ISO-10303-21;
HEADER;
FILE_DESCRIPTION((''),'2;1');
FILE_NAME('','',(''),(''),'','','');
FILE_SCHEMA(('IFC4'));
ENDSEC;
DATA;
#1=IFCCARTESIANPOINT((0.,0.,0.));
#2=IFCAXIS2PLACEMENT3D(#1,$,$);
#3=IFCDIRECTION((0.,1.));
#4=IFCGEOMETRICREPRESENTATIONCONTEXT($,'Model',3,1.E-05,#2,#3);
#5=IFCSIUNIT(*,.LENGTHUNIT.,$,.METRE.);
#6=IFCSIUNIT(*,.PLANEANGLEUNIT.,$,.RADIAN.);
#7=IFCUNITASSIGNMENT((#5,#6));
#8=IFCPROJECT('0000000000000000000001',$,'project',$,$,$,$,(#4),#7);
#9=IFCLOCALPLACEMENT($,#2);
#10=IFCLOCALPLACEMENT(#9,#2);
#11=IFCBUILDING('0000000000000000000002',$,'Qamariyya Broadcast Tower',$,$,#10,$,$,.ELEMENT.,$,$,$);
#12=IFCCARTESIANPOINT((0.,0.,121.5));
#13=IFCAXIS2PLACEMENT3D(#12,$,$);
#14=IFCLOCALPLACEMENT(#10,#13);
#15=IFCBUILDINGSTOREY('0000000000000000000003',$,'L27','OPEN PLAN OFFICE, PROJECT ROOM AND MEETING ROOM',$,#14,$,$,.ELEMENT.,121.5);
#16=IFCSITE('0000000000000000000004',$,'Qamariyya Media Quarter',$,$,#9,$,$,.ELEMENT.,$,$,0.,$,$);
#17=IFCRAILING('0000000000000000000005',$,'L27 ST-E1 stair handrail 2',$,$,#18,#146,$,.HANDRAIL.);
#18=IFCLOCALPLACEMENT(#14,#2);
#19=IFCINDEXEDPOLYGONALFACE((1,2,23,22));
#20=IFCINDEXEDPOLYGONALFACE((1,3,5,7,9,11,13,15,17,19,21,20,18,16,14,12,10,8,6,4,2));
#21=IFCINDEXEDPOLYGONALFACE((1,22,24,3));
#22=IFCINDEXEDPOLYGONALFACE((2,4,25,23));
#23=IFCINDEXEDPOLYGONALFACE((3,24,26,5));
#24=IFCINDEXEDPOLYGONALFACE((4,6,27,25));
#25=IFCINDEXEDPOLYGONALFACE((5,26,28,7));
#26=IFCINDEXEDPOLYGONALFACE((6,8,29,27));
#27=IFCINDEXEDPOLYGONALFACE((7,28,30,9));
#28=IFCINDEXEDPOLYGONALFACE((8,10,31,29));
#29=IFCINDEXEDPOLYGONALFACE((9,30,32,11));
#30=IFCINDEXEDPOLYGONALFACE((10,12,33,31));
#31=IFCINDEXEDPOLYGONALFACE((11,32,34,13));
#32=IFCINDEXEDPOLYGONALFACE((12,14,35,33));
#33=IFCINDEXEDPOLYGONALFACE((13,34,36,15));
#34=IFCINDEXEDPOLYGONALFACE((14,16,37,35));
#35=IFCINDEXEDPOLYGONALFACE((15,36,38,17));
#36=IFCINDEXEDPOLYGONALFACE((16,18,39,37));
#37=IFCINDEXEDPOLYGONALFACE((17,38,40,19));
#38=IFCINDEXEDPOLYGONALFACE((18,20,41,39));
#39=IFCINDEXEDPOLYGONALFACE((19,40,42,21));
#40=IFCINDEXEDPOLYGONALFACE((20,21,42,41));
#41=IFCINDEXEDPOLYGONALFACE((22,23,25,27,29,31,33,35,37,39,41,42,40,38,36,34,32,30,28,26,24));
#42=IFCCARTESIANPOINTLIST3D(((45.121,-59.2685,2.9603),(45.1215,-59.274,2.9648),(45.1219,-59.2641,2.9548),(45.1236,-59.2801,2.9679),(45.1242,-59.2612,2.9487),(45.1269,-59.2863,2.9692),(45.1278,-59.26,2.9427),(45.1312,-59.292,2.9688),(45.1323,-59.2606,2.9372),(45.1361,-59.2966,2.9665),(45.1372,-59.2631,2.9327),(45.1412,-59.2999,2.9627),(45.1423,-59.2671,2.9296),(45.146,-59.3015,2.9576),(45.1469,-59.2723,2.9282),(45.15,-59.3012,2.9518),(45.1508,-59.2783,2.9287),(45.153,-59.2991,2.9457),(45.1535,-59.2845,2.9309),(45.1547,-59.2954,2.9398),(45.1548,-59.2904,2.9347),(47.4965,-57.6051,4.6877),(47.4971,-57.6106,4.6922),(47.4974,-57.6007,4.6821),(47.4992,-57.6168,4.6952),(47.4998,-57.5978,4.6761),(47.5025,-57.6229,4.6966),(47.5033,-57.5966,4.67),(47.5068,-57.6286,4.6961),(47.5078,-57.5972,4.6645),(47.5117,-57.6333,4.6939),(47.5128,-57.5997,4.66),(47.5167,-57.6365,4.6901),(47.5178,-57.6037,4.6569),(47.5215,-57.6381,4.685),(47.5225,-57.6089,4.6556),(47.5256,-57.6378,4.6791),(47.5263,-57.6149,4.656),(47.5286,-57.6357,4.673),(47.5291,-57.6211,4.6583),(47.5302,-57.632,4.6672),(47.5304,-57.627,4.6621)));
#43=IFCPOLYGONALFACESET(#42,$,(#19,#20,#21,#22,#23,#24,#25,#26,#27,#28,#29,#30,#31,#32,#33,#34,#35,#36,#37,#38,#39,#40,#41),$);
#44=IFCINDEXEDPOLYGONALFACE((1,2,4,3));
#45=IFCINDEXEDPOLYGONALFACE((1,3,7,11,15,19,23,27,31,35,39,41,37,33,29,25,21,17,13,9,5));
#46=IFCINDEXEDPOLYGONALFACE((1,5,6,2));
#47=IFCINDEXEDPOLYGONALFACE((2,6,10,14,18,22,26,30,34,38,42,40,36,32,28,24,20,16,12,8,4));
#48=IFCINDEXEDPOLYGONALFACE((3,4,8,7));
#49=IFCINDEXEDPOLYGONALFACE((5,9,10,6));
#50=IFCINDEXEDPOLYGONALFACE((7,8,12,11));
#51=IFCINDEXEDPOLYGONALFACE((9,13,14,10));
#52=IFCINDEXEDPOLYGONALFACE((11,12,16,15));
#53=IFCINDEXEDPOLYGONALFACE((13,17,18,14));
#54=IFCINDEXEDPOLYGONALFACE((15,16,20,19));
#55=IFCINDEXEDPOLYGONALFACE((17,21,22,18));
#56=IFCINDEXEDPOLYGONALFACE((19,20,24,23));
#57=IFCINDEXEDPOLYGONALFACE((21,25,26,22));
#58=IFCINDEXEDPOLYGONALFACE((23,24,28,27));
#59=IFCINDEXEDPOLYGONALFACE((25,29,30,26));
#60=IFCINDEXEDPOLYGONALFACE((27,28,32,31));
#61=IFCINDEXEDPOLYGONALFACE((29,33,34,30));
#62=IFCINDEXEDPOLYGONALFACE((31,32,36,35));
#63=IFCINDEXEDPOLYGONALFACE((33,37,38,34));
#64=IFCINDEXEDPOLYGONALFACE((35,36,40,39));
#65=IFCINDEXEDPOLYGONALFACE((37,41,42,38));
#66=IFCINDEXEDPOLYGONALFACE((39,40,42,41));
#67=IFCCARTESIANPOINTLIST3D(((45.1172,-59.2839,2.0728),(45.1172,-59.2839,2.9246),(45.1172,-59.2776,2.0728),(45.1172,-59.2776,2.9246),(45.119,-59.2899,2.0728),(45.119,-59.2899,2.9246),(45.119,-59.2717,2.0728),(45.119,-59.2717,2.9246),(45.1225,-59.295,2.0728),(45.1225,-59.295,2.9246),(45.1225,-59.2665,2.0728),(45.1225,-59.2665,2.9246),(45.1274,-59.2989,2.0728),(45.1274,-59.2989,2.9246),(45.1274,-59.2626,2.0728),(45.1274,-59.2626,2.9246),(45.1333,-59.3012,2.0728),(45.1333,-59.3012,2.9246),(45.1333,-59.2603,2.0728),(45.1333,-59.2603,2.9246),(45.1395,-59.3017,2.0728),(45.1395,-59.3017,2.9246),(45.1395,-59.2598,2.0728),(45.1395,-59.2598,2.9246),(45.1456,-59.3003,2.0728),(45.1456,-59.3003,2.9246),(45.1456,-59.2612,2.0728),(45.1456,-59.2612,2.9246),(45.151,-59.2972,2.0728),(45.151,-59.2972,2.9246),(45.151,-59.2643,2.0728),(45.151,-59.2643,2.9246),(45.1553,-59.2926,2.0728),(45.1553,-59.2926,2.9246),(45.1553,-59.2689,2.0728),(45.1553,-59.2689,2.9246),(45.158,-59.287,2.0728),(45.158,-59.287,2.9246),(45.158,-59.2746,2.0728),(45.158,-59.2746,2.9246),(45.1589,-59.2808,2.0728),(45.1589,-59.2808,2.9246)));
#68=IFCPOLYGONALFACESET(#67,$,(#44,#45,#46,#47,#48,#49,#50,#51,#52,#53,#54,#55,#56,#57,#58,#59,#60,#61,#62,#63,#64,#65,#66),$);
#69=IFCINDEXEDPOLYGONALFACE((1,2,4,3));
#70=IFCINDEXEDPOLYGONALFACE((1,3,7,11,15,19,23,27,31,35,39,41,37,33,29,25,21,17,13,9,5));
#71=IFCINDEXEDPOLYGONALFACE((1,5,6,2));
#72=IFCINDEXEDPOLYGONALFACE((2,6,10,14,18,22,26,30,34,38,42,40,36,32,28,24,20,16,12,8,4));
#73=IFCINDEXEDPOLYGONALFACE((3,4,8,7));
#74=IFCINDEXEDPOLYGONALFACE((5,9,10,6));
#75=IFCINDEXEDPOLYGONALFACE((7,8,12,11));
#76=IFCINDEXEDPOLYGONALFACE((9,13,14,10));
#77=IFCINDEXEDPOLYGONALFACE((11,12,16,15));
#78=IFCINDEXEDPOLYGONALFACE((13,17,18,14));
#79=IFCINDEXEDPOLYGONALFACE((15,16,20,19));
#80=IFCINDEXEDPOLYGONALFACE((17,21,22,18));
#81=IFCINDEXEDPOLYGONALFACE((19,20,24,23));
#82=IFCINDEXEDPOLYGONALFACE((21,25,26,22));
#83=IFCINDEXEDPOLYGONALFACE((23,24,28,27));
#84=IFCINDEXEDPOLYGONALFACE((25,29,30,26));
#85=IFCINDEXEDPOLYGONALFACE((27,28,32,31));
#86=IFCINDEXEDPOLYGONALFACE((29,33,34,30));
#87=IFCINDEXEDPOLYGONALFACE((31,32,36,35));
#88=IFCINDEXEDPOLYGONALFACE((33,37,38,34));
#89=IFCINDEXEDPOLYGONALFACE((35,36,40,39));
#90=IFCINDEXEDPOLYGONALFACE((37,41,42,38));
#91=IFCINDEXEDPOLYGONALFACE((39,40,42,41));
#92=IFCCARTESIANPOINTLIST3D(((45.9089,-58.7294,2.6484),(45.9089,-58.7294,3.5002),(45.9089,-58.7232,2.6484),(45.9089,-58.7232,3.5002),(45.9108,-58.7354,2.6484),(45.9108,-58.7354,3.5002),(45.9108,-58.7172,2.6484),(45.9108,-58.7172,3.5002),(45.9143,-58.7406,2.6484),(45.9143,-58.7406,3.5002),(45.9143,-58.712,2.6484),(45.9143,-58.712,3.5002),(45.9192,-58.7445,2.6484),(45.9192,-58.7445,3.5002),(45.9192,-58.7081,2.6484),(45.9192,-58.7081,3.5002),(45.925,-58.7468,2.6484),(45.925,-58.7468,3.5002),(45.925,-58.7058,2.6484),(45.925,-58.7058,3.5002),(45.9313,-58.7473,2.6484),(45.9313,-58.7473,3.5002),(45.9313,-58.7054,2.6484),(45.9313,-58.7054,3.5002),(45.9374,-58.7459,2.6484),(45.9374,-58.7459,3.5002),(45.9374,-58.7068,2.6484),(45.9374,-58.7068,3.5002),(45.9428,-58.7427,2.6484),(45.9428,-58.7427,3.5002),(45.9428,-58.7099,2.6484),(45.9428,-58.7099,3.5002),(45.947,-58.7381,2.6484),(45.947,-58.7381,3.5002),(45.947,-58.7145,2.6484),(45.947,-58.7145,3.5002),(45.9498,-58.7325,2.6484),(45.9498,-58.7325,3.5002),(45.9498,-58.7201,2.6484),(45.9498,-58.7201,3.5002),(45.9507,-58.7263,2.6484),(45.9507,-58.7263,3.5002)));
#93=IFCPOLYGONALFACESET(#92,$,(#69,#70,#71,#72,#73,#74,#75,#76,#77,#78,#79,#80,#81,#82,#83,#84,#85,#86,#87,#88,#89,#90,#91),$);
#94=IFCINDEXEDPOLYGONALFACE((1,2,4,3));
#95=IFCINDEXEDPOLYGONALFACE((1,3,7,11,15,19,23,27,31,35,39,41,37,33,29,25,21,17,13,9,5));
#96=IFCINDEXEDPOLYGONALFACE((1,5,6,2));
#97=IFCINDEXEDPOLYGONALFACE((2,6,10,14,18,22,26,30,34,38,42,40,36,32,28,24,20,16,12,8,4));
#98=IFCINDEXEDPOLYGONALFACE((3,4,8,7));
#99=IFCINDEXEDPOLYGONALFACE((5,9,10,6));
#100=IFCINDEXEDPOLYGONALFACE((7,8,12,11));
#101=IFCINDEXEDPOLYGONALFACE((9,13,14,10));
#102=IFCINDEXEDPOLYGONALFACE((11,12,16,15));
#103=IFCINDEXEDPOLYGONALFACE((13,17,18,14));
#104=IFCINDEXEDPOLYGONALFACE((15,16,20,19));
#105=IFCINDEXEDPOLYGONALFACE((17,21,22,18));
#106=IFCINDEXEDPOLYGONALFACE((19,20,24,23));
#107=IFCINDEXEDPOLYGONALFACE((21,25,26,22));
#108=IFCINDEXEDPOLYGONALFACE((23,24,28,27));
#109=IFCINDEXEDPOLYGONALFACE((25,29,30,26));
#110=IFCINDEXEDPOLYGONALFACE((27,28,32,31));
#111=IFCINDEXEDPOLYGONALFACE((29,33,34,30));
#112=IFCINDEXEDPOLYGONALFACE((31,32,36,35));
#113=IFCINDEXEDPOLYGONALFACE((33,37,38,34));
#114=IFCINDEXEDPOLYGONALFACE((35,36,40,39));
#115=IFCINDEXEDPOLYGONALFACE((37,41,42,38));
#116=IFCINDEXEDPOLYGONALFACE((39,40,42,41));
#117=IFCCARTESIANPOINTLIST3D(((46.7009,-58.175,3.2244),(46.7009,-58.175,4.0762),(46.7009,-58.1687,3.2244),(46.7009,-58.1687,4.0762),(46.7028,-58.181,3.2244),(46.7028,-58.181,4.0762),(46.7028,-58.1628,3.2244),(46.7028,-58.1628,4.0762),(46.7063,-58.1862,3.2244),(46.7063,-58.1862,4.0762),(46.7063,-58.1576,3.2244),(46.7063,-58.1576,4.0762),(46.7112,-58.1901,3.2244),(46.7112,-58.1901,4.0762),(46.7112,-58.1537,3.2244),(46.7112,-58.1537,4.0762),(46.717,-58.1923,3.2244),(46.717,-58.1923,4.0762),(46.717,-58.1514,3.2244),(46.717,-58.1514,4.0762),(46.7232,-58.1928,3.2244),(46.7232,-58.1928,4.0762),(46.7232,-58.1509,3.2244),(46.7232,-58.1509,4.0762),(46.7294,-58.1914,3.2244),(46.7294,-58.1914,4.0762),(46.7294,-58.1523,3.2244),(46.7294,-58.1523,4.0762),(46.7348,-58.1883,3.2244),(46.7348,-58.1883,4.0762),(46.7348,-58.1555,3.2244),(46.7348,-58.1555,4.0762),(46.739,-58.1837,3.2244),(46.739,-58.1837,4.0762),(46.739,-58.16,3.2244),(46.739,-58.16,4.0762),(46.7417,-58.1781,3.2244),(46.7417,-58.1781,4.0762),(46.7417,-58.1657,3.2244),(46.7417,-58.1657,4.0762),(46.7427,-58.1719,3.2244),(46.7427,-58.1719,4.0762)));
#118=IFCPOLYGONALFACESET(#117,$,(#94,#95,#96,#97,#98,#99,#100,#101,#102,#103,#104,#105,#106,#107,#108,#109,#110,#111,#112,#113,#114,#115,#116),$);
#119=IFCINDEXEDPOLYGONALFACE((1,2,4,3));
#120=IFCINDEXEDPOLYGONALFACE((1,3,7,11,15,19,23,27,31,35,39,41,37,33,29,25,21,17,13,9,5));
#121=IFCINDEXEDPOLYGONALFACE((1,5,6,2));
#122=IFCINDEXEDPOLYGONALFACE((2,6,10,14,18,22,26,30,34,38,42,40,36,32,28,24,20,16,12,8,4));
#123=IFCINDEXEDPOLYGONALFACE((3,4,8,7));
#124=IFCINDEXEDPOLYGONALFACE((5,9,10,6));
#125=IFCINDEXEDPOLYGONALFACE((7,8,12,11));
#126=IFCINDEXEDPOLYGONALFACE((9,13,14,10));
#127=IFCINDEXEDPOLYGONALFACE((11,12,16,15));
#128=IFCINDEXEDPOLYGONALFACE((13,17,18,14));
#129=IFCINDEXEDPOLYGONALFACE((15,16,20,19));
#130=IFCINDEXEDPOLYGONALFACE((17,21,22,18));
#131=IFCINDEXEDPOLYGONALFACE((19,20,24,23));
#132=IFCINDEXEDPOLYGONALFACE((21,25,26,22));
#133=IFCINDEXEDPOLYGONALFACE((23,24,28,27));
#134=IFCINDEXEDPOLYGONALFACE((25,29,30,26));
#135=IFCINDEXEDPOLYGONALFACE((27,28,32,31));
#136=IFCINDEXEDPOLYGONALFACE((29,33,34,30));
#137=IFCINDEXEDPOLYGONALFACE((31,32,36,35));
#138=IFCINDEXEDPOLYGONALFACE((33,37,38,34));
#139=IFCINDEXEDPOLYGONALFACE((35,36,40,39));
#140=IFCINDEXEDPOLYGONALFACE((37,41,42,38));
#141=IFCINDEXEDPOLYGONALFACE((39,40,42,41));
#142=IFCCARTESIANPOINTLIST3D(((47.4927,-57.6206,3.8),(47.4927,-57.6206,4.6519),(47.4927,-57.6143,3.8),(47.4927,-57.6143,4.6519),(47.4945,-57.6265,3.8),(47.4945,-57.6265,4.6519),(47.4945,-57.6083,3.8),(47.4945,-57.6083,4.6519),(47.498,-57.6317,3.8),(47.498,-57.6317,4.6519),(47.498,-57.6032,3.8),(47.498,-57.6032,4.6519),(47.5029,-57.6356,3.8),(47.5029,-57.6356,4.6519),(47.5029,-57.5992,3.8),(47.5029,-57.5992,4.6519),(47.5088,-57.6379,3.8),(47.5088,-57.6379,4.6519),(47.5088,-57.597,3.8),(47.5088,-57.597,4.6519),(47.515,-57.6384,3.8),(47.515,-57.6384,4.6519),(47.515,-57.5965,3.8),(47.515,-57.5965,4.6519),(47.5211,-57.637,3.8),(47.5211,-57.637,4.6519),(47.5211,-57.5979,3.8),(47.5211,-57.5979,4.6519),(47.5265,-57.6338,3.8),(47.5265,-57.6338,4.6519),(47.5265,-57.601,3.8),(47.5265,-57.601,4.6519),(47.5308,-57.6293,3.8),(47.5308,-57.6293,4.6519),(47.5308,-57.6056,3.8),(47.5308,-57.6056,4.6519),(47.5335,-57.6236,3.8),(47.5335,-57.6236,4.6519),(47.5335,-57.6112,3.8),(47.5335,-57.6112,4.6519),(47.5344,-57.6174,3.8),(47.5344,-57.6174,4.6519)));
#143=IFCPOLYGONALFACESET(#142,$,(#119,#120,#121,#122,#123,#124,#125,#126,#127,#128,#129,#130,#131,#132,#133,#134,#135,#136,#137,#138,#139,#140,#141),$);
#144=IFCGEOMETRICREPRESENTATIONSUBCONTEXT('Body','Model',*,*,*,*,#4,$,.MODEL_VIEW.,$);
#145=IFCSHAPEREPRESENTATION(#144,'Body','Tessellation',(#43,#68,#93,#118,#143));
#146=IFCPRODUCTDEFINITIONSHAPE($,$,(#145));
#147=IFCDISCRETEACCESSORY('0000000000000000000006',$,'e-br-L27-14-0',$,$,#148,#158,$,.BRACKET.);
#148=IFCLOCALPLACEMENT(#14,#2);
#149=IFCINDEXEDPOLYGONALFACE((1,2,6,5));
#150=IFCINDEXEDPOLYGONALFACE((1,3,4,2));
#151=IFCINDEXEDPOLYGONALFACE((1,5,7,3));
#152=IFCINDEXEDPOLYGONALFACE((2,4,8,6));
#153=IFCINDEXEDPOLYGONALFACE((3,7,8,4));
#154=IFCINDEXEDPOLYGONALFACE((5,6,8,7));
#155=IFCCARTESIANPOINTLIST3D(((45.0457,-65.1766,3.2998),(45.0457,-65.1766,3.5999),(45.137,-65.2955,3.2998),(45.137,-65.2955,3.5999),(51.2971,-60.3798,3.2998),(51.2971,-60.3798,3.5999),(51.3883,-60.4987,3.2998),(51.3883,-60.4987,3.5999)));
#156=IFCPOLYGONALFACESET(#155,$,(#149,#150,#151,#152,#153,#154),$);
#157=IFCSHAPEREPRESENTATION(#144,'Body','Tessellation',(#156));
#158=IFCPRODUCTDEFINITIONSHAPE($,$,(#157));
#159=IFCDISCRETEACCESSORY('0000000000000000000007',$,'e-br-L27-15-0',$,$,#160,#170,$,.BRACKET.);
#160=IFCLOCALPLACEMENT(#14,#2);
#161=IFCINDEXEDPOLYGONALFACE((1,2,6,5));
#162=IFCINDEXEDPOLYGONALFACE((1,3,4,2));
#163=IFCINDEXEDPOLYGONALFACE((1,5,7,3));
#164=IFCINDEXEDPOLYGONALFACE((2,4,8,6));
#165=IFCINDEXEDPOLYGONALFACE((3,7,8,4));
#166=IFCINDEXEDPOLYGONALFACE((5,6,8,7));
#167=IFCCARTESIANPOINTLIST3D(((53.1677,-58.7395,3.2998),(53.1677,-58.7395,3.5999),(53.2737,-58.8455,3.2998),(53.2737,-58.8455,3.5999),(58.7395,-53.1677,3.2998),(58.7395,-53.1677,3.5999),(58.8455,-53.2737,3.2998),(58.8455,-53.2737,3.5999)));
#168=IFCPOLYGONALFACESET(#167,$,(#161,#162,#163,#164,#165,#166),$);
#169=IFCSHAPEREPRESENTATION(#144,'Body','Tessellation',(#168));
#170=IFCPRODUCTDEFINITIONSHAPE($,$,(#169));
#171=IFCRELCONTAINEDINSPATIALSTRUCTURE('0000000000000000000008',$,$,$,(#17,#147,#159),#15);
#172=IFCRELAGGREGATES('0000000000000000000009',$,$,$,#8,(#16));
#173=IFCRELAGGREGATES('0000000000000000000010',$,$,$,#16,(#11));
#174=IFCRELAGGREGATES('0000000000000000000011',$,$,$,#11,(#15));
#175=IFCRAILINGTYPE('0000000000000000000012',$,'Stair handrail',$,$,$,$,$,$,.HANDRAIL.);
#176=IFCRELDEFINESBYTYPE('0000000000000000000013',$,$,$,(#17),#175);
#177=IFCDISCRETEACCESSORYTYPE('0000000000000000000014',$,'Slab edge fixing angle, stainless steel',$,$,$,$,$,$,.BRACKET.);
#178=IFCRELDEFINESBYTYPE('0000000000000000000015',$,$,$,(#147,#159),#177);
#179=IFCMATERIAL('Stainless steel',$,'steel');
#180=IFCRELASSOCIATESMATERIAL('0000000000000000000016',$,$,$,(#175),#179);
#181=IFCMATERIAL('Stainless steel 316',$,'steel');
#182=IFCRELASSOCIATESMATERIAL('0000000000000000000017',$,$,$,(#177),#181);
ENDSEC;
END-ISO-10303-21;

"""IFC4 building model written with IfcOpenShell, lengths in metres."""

from ifc_helpers import new_model, si_unit, direction, frame, origin, origin_2d, place, context, subcontext, project, spatial, rectangle, circle, extrude, material, type_object, element, save


model = new_model("IFC4")

# Units and contexts
model_context = context("Model", 3, precision=1e-05, world=origin(), true_north=direction((0.0, 1.0)))
body_context = subcontext(model_context, "Body", "Model", "MODEL_VIEW")
ifc_project = project(units=[si_unit("LENGTHUNIT", "METRE"), si_unit("PLANEANGLEUNIT", "RADIAN")], contexts=[model_context])

# Site, building, storey
site_placement = place(None, origin())
site = spatial("IfcSite", under=ifc_project, at=site_placement, Name="Qamariyya Media Quarter", CompositionType="ELEMENT", RefElevation=0.0)
building_placement = place(site_placement, origin())
building = spatial("IfcBuilding", under=site, at=building_placement, Name="Qamariyya Broadcast Tower", CompositionType="ELEMENT")
storey_placement = place(building_placement, frame((0.0, 0.0, 121.5)))
storey = spatial("IfcBuildingStorey", under=building, at=storey_placement, Name="L27", Description="OPEN PLAN OFFICE, PROJECT ROOM AND MEETING ROOM", CompositionType="ELEMENT", Elevation=121.5)

# Railing
ifc_material_1 = material(Name="Stainless steel", Category="steel")
railing_type_1 = type_object("IfcRailingType", Name="Stair handrail", PredefinedType="HANDRAIL", material=ifc_material_1)
railing_1_placement = place(storey_placement, frame((45.1379, -59.2808, 2.0728)))
element("IfcRailing", 1, at=railing_1_placement, inside=storey, type_object=railing_type_1, Name="L27 ST-E1 stair handrail 2", PredefinedType="HANDRAIL", context=body_context, shape_type="SweptSolid", body=[
    extrude(circle(Radius=0.0239, at=origin_2d()), frame((0.0, 0.0, 0.876), z_axis=(0.70377, 0.492784, 0.511734), x_axis=(-0.573575, 0.819153, 0.0)), (0.0, 0.0, 1.0), 3.3755),
    extrude(circle(Radius=0.021, at=origin_2d()), origin(), (0.0, 0.0, 1.0), 0.8518),
    extrude(circle(Radius=0.021, at=origin_2d()), frame((0.7917, 0.5544, 0.5757)), (0.0, 0.0, 1.0), 0.8518),
    extrude(circle(Radius=0.021, at=origin_2d()), frame((1.5837, 1.1089, 1.1516)), (0.0, 0.0, 1.0), 0.8518),
    extrude(circle(Radius=0.021, at=origin_2d()), frame((2.3755, 1.6633, 1.7273)), (0.0, 0.0, 1.0), 0.8518),
])

# Discrete accessories
ifc_material_2 = material(Name="Stainless steel 316", Category="steel")
discrete_accessory_type = type_object("IfcDiscreteAccessoryType", Name="Slab edge fixing angle, stainless steel", PredefinedType="BRACKET", material=ifc_material_2)
for number, where, z_axis, x_axis, name in (
    (2, (48.217, -62.8376, 3.2998), (0.0, 0.0, 1.0), (0.793353, 0.608761, 0.0), "e-br-L27-14-0"),
    (3, (56.0066, -56.0066, 3.2998), (0.0, 0.0, 1.0), (0.707107, 0.707107, 0.0), "e-br-L27-15-0"),
):
    element("IfcDiscreteAccessory", number, at=place(storey_placement, frame(where, z_axis=z_axis, x_axis=x_axis)), inside=storey, type_object=discrete_accessory_type, Name=name, PredefinedType="BRACKET", context=body_context, shape_type="SweptSolid", body=[
        extrude(rectangle(XDim=7.8796, YDim=0.1499, at=origin_2d()), origin(), (0.0, 0.0, 1.0), 0.3),
    ])

save(model, "model.ifc")
